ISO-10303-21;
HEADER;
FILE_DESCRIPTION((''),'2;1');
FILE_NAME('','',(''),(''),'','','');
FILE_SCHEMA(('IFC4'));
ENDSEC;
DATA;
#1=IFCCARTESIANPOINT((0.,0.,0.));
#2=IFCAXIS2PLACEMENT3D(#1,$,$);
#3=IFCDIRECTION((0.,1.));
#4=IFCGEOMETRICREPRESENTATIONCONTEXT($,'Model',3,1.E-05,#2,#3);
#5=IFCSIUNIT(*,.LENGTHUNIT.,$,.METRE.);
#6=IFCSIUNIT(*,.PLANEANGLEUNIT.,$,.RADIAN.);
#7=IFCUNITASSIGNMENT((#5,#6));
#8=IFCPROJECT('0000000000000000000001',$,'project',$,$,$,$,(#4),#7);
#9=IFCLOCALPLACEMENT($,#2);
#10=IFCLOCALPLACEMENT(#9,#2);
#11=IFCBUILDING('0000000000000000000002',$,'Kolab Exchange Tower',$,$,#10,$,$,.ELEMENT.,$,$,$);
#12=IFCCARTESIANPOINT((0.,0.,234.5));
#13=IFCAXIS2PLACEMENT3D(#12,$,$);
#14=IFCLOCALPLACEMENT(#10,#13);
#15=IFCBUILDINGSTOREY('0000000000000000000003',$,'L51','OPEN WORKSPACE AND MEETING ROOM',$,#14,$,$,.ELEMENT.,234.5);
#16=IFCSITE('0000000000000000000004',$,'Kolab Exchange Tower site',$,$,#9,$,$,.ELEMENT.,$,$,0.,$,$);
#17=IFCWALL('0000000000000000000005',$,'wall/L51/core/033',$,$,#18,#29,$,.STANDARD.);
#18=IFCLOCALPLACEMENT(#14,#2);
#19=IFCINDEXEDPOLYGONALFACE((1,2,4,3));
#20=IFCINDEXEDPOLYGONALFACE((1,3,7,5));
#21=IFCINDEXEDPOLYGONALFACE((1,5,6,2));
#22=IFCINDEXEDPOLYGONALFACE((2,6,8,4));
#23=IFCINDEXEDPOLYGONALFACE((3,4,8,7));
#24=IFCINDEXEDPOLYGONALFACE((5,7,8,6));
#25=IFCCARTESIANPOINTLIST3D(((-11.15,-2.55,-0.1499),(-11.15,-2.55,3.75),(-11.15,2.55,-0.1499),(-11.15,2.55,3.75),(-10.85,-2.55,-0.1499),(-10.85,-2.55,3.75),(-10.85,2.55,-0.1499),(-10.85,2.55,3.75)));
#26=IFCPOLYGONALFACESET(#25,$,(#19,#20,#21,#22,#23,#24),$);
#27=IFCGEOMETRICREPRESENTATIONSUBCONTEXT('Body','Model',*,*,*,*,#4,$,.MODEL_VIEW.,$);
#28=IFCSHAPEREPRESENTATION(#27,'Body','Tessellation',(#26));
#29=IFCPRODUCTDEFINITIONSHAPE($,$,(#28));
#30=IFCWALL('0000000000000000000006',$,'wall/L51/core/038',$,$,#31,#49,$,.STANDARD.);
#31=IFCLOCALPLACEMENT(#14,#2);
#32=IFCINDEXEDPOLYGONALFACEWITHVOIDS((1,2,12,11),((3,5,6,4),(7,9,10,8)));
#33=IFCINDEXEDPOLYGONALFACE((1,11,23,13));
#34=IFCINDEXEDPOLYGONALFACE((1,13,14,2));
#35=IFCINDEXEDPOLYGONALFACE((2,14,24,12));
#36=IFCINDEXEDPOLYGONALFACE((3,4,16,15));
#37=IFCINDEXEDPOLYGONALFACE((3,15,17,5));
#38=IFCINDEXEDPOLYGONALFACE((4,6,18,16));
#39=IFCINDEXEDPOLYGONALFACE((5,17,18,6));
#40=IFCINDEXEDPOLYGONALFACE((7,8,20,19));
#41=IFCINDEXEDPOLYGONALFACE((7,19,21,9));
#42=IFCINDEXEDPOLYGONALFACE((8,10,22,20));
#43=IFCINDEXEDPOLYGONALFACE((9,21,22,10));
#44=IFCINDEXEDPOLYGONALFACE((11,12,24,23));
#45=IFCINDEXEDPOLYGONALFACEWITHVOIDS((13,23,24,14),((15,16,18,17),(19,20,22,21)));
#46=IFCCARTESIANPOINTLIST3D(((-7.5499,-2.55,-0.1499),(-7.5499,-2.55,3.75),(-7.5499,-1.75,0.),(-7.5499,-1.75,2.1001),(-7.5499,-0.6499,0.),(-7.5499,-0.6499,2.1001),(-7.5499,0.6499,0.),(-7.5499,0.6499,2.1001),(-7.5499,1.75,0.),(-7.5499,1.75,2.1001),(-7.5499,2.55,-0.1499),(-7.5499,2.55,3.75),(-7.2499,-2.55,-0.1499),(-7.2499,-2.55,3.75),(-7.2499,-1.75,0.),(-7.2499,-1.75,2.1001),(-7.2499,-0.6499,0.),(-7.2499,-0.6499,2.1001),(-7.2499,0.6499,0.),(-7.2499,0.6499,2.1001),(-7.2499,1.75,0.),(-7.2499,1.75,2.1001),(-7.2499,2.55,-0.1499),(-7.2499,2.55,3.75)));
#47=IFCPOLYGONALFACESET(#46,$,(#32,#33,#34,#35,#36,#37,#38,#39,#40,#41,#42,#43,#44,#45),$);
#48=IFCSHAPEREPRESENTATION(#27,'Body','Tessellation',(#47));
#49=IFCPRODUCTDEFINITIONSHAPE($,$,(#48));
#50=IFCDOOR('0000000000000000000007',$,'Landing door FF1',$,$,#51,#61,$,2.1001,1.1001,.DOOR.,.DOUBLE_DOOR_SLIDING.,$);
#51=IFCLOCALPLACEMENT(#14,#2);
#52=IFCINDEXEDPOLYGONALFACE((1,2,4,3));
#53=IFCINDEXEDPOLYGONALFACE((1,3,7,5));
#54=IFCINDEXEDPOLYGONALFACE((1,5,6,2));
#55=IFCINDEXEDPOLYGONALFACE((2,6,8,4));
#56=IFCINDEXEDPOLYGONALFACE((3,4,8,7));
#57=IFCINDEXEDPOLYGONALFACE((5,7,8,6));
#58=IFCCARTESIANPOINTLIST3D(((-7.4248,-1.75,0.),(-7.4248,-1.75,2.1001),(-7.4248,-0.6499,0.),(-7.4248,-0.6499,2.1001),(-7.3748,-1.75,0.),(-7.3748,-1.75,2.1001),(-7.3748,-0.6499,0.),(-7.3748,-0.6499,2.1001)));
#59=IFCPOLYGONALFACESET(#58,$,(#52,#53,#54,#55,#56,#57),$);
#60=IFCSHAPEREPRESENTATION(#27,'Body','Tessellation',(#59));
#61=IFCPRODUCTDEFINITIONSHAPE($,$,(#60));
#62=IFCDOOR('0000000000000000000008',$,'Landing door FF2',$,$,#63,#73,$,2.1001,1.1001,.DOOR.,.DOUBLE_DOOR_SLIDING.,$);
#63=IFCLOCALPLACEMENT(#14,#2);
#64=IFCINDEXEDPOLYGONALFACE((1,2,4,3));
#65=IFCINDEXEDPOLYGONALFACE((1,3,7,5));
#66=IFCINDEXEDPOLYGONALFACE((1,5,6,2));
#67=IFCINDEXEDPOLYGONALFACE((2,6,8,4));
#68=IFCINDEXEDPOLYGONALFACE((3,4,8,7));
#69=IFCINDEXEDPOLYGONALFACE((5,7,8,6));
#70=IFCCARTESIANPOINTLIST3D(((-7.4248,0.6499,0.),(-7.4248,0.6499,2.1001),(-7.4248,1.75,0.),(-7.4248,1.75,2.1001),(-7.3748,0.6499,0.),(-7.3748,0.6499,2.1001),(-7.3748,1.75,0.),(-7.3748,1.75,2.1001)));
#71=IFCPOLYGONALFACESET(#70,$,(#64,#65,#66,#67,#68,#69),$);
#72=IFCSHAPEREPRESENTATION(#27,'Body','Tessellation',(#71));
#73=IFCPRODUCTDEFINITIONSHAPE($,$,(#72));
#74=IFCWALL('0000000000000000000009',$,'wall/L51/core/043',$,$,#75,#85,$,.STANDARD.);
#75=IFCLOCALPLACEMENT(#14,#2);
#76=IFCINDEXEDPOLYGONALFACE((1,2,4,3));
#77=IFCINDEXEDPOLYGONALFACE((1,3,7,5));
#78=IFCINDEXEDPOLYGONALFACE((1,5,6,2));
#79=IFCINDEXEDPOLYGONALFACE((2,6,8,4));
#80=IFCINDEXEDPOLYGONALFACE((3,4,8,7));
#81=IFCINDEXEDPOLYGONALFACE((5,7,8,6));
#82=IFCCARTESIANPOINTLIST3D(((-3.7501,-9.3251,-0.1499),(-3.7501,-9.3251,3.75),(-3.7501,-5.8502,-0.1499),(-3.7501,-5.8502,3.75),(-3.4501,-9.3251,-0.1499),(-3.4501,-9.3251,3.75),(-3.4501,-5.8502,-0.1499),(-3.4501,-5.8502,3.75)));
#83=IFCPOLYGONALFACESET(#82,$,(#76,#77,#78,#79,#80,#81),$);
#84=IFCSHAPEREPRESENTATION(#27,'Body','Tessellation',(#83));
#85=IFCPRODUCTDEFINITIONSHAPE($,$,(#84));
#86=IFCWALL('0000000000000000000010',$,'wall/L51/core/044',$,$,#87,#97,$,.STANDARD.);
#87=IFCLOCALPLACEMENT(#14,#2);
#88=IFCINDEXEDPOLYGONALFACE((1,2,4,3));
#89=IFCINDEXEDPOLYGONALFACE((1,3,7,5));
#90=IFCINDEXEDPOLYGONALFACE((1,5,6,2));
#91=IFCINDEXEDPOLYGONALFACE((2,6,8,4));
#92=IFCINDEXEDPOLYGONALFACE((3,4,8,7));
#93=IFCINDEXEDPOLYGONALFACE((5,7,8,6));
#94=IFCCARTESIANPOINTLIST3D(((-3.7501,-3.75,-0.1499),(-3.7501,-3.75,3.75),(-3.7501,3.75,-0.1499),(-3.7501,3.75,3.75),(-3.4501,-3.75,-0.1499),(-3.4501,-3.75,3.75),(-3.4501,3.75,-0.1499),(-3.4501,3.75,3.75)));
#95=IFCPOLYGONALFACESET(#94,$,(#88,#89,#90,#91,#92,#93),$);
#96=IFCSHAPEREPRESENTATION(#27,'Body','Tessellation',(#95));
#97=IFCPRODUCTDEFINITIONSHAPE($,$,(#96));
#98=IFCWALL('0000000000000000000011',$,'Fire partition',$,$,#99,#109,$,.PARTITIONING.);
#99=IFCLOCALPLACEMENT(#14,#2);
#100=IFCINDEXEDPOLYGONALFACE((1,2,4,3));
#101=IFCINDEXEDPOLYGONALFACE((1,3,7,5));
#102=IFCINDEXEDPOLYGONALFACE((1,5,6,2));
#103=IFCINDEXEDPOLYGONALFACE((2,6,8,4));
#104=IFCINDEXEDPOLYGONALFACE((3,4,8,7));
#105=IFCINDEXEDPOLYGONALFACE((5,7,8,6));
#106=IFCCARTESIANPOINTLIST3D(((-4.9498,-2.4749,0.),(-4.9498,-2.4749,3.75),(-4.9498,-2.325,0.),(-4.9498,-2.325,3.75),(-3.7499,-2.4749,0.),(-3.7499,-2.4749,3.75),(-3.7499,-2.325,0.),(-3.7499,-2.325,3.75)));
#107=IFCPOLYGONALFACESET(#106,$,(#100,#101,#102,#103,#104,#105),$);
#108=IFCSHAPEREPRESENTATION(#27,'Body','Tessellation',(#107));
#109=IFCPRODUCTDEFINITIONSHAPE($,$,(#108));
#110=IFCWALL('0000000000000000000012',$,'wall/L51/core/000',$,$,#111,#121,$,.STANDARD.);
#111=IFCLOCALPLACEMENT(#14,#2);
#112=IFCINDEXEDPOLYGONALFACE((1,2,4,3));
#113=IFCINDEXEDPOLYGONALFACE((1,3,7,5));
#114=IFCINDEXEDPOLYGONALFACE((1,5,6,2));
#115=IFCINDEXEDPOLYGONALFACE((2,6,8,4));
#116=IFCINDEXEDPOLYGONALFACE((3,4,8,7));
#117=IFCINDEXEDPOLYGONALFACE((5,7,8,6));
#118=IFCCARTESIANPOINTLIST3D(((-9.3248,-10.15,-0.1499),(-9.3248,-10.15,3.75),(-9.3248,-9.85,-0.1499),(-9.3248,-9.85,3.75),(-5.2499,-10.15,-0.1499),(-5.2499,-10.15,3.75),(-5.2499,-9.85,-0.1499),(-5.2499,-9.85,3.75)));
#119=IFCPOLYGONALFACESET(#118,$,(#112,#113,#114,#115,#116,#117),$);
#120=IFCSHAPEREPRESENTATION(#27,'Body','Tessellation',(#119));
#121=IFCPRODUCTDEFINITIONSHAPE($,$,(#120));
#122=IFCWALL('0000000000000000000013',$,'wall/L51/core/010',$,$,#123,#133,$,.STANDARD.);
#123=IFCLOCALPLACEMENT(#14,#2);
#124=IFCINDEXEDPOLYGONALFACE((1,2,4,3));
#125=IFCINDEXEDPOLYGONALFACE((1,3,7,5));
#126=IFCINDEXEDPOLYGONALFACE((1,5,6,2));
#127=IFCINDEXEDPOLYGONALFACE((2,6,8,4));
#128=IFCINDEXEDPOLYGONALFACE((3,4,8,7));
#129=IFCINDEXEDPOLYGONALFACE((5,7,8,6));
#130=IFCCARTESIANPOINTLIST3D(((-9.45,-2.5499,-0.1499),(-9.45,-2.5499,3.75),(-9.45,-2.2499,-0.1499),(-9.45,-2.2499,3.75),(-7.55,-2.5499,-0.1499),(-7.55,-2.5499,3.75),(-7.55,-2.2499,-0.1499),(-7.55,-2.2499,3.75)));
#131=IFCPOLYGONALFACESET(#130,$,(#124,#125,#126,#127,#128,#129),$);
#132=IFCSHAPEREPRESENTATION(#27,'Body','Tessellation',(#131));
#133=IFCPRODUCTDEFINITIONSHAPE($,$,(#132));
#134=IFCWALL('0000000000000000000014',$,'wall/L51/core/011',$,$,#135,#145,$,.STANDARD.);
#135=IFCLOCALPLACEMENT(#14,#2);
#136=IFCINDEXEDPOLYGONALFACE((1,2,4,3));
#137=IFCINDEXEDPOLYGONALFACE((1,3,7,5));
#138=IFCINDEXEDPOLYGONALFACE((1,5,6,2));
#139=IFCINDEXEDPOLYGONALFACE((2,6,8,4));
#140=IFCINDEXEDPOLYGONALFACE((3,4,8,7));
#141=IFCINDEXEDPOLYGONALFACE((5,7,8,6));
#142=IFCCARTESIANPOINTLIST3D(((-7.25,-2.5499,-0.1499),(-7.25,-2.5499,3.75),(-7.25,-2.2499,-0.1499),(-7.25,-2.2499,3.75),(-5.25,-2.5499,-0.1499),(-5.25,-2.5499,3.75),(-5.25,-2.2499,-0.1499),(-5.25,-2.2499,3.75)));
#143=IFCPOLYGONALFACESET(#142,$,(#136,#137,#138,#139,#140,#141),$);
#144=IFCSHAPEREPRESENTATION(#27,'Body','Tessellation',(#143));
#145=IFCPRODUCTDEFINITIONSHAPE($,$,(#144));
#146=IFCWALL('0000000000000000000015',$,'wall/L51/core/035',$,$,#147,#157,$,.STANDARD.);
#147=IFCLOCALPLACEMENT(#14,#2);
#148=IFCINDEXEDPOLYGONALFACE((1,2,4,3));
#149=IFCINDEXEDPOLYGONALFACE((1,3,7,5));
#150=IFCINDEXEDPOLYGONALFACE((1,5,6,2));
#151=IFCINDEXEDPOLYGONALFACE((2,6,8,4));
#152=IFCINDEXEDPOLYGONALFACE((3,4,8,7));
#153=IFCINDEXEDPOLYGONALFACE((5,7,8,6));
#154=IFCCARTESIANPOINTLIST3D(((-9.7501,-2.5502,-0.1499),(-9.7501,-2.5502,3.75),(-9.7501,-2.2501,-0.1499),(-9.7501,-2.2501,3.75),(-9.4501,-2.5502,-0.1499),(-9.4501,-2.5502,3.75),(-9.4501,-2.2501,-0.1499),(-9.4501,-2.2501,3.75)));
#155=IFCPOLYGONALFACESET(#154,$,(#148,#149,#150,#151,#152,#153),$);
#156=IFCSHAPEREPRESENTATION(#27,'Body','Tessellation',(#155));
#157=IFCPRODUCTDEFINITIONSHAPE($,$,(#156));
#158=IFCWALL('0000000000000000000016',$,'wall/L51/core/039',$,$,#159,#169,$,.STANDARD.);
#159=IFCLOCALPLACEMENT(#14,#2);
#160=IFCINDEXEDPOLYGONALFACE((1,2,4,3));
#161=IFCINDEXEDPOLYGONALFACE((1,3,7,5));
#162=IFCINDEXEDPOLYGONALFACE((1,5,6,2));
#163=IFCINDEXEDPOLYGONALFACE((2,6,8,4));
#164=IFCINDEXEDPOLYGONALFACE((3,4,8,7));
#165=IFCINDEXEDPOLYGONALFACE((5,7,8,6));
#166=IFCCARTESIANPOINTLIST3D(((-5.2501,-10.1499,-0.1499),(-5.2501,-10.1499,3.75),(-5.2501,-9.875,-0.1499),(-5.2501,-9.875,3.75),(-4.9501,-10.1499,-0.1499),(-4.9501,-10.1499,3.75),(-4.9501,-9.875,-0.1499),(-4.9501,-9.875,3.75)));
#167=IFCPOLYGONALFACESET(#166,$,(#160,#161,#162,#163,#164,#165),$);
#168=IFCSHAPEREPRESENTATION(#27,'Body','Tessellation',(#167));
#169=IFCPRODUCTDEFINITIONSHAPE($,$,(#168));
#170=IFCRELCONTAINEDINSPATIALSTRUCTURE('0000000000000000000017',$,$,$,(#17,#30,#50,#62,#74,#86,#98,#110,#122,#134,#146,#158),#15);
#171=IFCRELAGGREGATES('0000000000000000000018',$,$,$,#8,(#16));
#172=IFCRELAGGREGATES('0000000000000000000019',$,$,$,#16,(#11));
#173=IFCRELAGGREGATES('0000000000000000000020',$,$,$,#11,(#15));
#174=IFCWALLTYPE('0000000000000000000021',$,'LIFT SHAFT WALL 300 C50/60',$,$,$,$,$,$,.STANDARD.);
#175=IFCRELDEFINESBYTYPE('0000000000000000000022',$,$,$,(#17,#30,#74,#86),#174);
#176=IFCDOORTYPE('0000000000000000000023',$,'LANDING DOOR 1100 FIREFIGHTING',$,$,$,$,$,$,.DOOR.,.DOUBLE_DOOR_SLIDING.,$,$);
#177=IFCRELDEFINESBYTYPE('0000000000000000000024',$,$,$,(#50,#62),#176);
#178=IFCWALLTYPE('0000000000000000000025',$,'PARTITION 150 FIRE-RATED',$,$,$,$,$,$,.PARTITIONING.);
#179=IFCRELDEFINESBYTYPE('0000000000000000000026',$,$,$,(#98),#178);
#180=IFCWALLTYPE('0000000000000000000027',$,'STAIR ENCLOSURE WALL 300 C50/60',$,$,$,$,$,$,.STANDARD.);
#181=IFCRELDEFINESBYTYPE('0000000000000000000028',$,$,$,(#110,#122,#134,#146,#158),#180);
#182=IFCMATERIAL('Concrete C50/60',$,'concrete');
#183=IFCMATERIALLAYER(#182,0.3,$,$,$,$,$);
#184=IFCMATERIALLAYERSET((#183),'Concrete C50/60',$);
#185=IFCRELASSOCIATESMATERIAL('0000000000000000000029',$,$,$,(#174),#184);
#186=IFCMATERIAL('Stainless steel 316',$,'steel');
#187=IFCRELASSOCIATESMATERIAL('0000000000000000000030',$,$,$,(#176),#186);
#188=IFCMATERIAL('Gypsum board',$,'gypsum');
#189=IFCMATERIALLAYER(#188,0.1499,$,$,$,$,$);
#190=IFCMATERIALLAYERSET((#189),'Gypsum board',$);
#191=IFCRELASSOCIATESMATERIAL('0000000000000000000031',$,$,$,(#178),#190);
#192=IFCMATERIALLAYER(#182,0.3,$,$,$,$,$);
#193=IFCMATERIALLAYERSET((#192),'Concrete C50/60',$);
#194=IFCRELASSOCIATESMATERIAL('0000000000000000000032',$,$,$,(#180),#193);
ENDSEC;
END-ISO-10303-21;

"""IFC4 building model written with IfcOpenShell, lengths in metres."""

from ifc_helpers import new_model, si_unit, direction, frame, frame_2d, origin, place, context, subcontext, project, spatial, rectangle, extrude, material, layer, layer_set, type_object, element, fill, save


model = new_model("IFC4")

# Units and contexts
model_context = context("Model", 3, precision=1e-05, world=origin(), true_north=direction((0.0, 1.0)))
body_context = subcontext(model_context, "Body", "Model", "MODEL_VIEW")
ifc_project = project(units=[si_unit("LENGTHUNIT", "METRE"), si_unit("PLANEANGLEUNIT", "RADIAN")], contexts=[model_context])

# Site, building, storey
site_placement = place(None, origin())
site = spatial("IfcSite", under=ifc_project, at=site_placement, Name="Kolab Exchange Tower site", CompositionType="ELEMENT", RefElevation=0.0)
building_placement = place(site_placement, origin())
building = spatial("IfcBuilding", under=site, at=building_placement, Name="Kolab Exchange Tower", CompositionType="ELEMENT")
storey_placement = place(building_placement, frame((0.0, 0.0, 234.5)))
storey = spatial("IfcBuildingStorey", under=building, at=storey_placement, Name="L51", Description="OPEN WORKSPACE AND MEETING ROOM", CompositionType="ELEMENT", Elevation=234.5)

# Shared definitions
ifc_material_1 = material(Name="Concrete C50/60", Category="concrete")

# Shared definitions
ifc_layer_1 = layer(ifc_material_1, 0.3)
ifc_layer_set_1 = layer_set([ifc_layer_1], Name="Concrete C50/60")
wall_type_1 = type_object("IfcWallType", Name="LIFT SHAFT WALL 300 C50/60", PredefinedType="STANDARD", material=ifc_layer_set_1)
ifc_material_2 = material(Name="Stainless steel 316", Category="steel")

# Wall
wall_1_placement = place(storey_placement, frame((-11.0, -2.55, -0.1499), z_axis=(0.0, 0.0, 1.0), x_axis=(0.0, 1.0, 0.0)))
element("IfcWall", 1, at=wall_1_placement, inside=storey, type_object=wall_type_1, Name="wall/L51/core/033", PredefinedType="STANDARD", context=body_context, shape_type="SweptSolid", body=[
    extrude(rectangle(XDim=5.1001, YDim=0.3, at=frame_2d((2.55, 0.0))), origin(), (0.0, 0.0, 1.0), 3.8999),
])

# Wall, openings, doors
wall_2_placement = place(storey_placement, frame((-7.3999, -2.55, -0.1499), z_axis=(0.0, 0.0, 1.0), x_axis=(0.0, 1.0, 0.0)))
wall_2 = element("IfcWall", 2, at=wall_2_placement, inside=storey, type_object=wall_type_1, Name="wall/L51/core/038", PredefinedType="STANDARD", context=body_context, shape_type="SweptSolid", body=[
    extrude(rectangle(XDim=5.1001, YDim=0.3, at=frame_2d((2.55, 0.0))), origin(), (0.0, 0.0, 1.0), 3.8999),
])
opening_1_placement = place(wall_2_placement, frame((0.8, 0.0, 0.1499)))
opening_1 = element("IfcOpeningElement", 3, at=opening_1_placement, cuts=wall_2, PredefinedType="OPENING", context=body_context, shape_type="SweptSolid", body=[
    extrude(rectangle(XDim=1.1001, YDim=2.1001, at=frame_2d((0.55, 1.05))), frame((0.0, 0.1602, 0.0), z_axis=(0.0, -1.0, 0.0), x_axis=(1.0, 0.0, 0.0)), (0.0, 0.0, 1.0), 0.3201),
])
opening_2_placement = place(wall_2_placement, frame((3.2, 0.0, 0.1499)))
opening_2 = element("IfcOpeningElement", 4, at=opening_2_placement, cuts=wall_2, PredefinedType="OPENING", context=body_context, shape_type="SweptSolid", body=[
    extrude(rectangle(XDim=1.1001, YDim=2.1001, at=frame_2d((0.55, 1.05))), frame((0.0, 0.1602, 0.0), z_axis=(0.0, -1.0, 0.0), x_axis=(1.0, 0.0, 0.0)), (0.0, 0.0, 1.0), 0.3201),
])
door_type_1 = type_object("IfcDoorType", Name="LANDING DOOR 1100 FIREFIGHTING", OperationType="DOUBLE_DOOR_SLIDING", PredefinedType="DOOR", material=ifc_material_2)
door_1_placement = place(opening_1_placement, origin())
door_1 = element("IfcDoor", 5, at=door_1_placement, inside=storey, type_object=door_type_1, Name="Landing door FF1", OperationType="DOUBLE_DOOR_SLIDING", OverallHeight=2.1001, OverallWidth=1.1001, PredefinedType="DOOR", context=body_context, shape_type="SweptSolid", body=[
    extrude(rectangle(XDim=1.1001, YDim=2.1001, at=frame_2d((0.55, 1.05))), frame((0.0, 0.0249, 0.0), z_axis=(0.0, -1.0, 0.0), x_axis=(1.0, 0.0, 0.0)), (0.0, 0.0, 1.0), 0.05),
])
fill(opening_1, door_1)
door_2_placement = place(opening_2_placement, origin())
door_2 = element("IfcDoor", 6, at=door_2_placement, inside=storey, type_object=door_type_1, Name="Landing door FF2", OperationType="DOUBLE_DOOR_SLIDING", OverallHeight=2.1001, OverallWidth=1.1001, PredefinedType="DOOR", context=body_context, shape_type="SweptSolid", body=[
    extrude(rectangle(XDim=1.1001, YDim=2.1001, at=frame_2d((0.55, 1.05))), frame((0.0, 0.0249, 0.0), z_axis=(0.0, -1.0, 0.0), x_axis=(1.0, 0.0, 0.0)), (0.0, 0.0, 1.0), 0.05),
])
fill(opening_2, door_2)

# Walls
wall_3_placement = place(storey_placement, frame((-3.6001, -9.325, -0.1499), z_axis=(0.0, 0.0, 1.0), x_axis=(0.0, 1.0, 0.0)))
element("IfcWall", 7, at=wall_3_placement, inside=storey, type_object=wall_type_1, Name="wall/L51/core/043", PredefinedType="STANDARD", context=body_context, shape_type="SweptSolid", body=[
    extrude(rectangle(XDim=3.4749, YDim=0.3, at=frame_2d((1.7373, 0.0))), origin(), (0.0, 0.0, 1.0), 3.8999),
])
wall_4_placement = place(storey_placement, frame((-3.6001, -3.75, -0.1499), z_axis=(0.0, 0.0, 1.0), x_axis=(0.0, 1.0, 0.0)))
element("IfcWall", 8, at=wall_4_placement, inside=storey, type_object=wall_type_1, Name="wall/L51/core/044", PredefinedType="STANDARD", context=body_context, shape_type="SweptSolid", body=[
    extrude(rectangle(XDim=7.5, YDim=0.3, at=frame_2d((3.75, 0.0))), origin(), (0.0, 0.0, 1.0), 3.8999),
])
ifc_material_3 = material(Name="Gypsum board", Category="gypsum")
ifc_layer_2 = layer(ifc_material_3, 0.1499)
ifc_layer_set_2 = layer_set([ifc_layer_2], Name="Gypsum board")
wall_type_2 = type_object("IfcWallType", Name="PARTITION 150 FIRE-RATED", PredefinedType="PARTITIONING", material=ifc_layer_set_2)
wall_5_placement = place(storey_placement, frame((-4.95, -2.3999, 0.0), z_axis=(0.0, 0.0, 1.0), x_axis=(1.0, 0.0, 0.0)))
element("IfcWall", 9, at=wall_5_placement, inside=storey, type_object=wall_type_2, Name="Fire partition", PredefinedType="PARTITIONING", context=body_context, shape_type="SweptSolid", body=[
    extrude(rectangle(XDim=1.2, YDim=0.1499, at=frame_2d((0.6001, 0.0))), origin(), (0.0, 0.0, 1.0), 3.75),
])
ifc_layer_3 = layer(ifc_material_1, 0.3)
ifc_layer_set_3 = layer_set([ifc_layer_3], Name="Concrete C50/60")
wall_type_3 = type_object("IfcWallType", Name="STAIR ENCLOSURE WALL 300 C50/60", PredefinedType="STANDARD", material=ifc_layer_set_3)
wall_6_placement = place(storey_placement, frame((-9.325, -10.0, -0.1499), z_axis=(0.0, 0.0, 1.0), x_axis=(1.0, 0.0, 0.0)))
element("IfcWall", 10, at=wall_6_placement, inside=storey, type_object=wall_type_3, Name="wall/L51/core/000", PredefinedType="STANDARD", context=body_context, shape_type="SweptSolid", body=[
    extrude(rectangle(XDim=4.075, YDim=0.3, at=frame_2d((2.0376, 0.0))), origin(), (0.0, 0.0, 1.0), 3.8999),
])
wall_7_placement = place(storey_placement, frame((-9.45, -2.3999, -0.1499), z_axis=(0.0, 0.0, 1.0), x_axis=(1.0, 0.0, 0.0)))
element("IfcWall", 11, at=wall_7_placement, inside=storey, type_object=wall_type_3, Name="wall/L51/core/010", PredefinedType="STANDARD", context=body_context, shape_type="SweptSolid", body=[
    extrude(rectangle(XDim=1.8999, YDim=0.3, at=frame_2d((0.95, 0.0))), origin(), (0.0, 0.0, 1.0), 3.8999),
])
wall_8_placement = place(storey_placement, frame((-7.25, -2.3999, -0.1499), z_axis=(0.0, 0.0, 1.0), x_axis=(1.0, 0.0, 0.0)))
element("IfcWall", 12, at=wall_8_placement, inside=storey, type_object=wall_type_3, Name="wall/L51/core/011", PredefinedType="STANDARD", context=body_context, shape_type="SweptSolid", body=[
    extrude(rectangle(XDim=2.0, YDim=0.3, at=frame_2d((1.0, 0.0))), origin(), (0.0, 0.0, 1.0), 3.8999),
])
wall_9_placement = place(storey_placement, frame((-9.6001, -2.55, -0.1499), z_axis=(0.0, 0.0, 1.0), x_axis=(0.0, 1.0, 0.0)))
element("IfcWall", 13, at=wall_9_placement, inside=storey, type_object=wall_type_3, Name="wall/L51/core/035", PredefinedType="STANDARD", context=body_context, shape_type="SweptSolid", body=[
    extrude(rectangle(XDim=0.3, YDim=0.3, at=frame_2d((0.1499, 0.0))), origin(), (0.0, 0.0, 1.0), 3.8999),
])
wall_10_placement = place(storey_placement, frame((-5.1001, -10.1499, -0.1499), z_axis=(0.0, 0.0, 1.0), x_axis=(0.0, 1.0, 0.0)))
element("IfcWall", 14, at=wall_10_placement, inside=storey, type_object=wall_type_3, Name="wall/L51/core/039", PredefinedType="STANDARD", context=body_context, shape_type="SweptSolid", body=[
    extrude(rectangle(XDim=0.2749, YDim=0.3, at=frame_2d((0.1375, 0.0))), origin(), (0.0, 0.0, 1.0), 3.8999),
])

save(model, "model.ifc")
